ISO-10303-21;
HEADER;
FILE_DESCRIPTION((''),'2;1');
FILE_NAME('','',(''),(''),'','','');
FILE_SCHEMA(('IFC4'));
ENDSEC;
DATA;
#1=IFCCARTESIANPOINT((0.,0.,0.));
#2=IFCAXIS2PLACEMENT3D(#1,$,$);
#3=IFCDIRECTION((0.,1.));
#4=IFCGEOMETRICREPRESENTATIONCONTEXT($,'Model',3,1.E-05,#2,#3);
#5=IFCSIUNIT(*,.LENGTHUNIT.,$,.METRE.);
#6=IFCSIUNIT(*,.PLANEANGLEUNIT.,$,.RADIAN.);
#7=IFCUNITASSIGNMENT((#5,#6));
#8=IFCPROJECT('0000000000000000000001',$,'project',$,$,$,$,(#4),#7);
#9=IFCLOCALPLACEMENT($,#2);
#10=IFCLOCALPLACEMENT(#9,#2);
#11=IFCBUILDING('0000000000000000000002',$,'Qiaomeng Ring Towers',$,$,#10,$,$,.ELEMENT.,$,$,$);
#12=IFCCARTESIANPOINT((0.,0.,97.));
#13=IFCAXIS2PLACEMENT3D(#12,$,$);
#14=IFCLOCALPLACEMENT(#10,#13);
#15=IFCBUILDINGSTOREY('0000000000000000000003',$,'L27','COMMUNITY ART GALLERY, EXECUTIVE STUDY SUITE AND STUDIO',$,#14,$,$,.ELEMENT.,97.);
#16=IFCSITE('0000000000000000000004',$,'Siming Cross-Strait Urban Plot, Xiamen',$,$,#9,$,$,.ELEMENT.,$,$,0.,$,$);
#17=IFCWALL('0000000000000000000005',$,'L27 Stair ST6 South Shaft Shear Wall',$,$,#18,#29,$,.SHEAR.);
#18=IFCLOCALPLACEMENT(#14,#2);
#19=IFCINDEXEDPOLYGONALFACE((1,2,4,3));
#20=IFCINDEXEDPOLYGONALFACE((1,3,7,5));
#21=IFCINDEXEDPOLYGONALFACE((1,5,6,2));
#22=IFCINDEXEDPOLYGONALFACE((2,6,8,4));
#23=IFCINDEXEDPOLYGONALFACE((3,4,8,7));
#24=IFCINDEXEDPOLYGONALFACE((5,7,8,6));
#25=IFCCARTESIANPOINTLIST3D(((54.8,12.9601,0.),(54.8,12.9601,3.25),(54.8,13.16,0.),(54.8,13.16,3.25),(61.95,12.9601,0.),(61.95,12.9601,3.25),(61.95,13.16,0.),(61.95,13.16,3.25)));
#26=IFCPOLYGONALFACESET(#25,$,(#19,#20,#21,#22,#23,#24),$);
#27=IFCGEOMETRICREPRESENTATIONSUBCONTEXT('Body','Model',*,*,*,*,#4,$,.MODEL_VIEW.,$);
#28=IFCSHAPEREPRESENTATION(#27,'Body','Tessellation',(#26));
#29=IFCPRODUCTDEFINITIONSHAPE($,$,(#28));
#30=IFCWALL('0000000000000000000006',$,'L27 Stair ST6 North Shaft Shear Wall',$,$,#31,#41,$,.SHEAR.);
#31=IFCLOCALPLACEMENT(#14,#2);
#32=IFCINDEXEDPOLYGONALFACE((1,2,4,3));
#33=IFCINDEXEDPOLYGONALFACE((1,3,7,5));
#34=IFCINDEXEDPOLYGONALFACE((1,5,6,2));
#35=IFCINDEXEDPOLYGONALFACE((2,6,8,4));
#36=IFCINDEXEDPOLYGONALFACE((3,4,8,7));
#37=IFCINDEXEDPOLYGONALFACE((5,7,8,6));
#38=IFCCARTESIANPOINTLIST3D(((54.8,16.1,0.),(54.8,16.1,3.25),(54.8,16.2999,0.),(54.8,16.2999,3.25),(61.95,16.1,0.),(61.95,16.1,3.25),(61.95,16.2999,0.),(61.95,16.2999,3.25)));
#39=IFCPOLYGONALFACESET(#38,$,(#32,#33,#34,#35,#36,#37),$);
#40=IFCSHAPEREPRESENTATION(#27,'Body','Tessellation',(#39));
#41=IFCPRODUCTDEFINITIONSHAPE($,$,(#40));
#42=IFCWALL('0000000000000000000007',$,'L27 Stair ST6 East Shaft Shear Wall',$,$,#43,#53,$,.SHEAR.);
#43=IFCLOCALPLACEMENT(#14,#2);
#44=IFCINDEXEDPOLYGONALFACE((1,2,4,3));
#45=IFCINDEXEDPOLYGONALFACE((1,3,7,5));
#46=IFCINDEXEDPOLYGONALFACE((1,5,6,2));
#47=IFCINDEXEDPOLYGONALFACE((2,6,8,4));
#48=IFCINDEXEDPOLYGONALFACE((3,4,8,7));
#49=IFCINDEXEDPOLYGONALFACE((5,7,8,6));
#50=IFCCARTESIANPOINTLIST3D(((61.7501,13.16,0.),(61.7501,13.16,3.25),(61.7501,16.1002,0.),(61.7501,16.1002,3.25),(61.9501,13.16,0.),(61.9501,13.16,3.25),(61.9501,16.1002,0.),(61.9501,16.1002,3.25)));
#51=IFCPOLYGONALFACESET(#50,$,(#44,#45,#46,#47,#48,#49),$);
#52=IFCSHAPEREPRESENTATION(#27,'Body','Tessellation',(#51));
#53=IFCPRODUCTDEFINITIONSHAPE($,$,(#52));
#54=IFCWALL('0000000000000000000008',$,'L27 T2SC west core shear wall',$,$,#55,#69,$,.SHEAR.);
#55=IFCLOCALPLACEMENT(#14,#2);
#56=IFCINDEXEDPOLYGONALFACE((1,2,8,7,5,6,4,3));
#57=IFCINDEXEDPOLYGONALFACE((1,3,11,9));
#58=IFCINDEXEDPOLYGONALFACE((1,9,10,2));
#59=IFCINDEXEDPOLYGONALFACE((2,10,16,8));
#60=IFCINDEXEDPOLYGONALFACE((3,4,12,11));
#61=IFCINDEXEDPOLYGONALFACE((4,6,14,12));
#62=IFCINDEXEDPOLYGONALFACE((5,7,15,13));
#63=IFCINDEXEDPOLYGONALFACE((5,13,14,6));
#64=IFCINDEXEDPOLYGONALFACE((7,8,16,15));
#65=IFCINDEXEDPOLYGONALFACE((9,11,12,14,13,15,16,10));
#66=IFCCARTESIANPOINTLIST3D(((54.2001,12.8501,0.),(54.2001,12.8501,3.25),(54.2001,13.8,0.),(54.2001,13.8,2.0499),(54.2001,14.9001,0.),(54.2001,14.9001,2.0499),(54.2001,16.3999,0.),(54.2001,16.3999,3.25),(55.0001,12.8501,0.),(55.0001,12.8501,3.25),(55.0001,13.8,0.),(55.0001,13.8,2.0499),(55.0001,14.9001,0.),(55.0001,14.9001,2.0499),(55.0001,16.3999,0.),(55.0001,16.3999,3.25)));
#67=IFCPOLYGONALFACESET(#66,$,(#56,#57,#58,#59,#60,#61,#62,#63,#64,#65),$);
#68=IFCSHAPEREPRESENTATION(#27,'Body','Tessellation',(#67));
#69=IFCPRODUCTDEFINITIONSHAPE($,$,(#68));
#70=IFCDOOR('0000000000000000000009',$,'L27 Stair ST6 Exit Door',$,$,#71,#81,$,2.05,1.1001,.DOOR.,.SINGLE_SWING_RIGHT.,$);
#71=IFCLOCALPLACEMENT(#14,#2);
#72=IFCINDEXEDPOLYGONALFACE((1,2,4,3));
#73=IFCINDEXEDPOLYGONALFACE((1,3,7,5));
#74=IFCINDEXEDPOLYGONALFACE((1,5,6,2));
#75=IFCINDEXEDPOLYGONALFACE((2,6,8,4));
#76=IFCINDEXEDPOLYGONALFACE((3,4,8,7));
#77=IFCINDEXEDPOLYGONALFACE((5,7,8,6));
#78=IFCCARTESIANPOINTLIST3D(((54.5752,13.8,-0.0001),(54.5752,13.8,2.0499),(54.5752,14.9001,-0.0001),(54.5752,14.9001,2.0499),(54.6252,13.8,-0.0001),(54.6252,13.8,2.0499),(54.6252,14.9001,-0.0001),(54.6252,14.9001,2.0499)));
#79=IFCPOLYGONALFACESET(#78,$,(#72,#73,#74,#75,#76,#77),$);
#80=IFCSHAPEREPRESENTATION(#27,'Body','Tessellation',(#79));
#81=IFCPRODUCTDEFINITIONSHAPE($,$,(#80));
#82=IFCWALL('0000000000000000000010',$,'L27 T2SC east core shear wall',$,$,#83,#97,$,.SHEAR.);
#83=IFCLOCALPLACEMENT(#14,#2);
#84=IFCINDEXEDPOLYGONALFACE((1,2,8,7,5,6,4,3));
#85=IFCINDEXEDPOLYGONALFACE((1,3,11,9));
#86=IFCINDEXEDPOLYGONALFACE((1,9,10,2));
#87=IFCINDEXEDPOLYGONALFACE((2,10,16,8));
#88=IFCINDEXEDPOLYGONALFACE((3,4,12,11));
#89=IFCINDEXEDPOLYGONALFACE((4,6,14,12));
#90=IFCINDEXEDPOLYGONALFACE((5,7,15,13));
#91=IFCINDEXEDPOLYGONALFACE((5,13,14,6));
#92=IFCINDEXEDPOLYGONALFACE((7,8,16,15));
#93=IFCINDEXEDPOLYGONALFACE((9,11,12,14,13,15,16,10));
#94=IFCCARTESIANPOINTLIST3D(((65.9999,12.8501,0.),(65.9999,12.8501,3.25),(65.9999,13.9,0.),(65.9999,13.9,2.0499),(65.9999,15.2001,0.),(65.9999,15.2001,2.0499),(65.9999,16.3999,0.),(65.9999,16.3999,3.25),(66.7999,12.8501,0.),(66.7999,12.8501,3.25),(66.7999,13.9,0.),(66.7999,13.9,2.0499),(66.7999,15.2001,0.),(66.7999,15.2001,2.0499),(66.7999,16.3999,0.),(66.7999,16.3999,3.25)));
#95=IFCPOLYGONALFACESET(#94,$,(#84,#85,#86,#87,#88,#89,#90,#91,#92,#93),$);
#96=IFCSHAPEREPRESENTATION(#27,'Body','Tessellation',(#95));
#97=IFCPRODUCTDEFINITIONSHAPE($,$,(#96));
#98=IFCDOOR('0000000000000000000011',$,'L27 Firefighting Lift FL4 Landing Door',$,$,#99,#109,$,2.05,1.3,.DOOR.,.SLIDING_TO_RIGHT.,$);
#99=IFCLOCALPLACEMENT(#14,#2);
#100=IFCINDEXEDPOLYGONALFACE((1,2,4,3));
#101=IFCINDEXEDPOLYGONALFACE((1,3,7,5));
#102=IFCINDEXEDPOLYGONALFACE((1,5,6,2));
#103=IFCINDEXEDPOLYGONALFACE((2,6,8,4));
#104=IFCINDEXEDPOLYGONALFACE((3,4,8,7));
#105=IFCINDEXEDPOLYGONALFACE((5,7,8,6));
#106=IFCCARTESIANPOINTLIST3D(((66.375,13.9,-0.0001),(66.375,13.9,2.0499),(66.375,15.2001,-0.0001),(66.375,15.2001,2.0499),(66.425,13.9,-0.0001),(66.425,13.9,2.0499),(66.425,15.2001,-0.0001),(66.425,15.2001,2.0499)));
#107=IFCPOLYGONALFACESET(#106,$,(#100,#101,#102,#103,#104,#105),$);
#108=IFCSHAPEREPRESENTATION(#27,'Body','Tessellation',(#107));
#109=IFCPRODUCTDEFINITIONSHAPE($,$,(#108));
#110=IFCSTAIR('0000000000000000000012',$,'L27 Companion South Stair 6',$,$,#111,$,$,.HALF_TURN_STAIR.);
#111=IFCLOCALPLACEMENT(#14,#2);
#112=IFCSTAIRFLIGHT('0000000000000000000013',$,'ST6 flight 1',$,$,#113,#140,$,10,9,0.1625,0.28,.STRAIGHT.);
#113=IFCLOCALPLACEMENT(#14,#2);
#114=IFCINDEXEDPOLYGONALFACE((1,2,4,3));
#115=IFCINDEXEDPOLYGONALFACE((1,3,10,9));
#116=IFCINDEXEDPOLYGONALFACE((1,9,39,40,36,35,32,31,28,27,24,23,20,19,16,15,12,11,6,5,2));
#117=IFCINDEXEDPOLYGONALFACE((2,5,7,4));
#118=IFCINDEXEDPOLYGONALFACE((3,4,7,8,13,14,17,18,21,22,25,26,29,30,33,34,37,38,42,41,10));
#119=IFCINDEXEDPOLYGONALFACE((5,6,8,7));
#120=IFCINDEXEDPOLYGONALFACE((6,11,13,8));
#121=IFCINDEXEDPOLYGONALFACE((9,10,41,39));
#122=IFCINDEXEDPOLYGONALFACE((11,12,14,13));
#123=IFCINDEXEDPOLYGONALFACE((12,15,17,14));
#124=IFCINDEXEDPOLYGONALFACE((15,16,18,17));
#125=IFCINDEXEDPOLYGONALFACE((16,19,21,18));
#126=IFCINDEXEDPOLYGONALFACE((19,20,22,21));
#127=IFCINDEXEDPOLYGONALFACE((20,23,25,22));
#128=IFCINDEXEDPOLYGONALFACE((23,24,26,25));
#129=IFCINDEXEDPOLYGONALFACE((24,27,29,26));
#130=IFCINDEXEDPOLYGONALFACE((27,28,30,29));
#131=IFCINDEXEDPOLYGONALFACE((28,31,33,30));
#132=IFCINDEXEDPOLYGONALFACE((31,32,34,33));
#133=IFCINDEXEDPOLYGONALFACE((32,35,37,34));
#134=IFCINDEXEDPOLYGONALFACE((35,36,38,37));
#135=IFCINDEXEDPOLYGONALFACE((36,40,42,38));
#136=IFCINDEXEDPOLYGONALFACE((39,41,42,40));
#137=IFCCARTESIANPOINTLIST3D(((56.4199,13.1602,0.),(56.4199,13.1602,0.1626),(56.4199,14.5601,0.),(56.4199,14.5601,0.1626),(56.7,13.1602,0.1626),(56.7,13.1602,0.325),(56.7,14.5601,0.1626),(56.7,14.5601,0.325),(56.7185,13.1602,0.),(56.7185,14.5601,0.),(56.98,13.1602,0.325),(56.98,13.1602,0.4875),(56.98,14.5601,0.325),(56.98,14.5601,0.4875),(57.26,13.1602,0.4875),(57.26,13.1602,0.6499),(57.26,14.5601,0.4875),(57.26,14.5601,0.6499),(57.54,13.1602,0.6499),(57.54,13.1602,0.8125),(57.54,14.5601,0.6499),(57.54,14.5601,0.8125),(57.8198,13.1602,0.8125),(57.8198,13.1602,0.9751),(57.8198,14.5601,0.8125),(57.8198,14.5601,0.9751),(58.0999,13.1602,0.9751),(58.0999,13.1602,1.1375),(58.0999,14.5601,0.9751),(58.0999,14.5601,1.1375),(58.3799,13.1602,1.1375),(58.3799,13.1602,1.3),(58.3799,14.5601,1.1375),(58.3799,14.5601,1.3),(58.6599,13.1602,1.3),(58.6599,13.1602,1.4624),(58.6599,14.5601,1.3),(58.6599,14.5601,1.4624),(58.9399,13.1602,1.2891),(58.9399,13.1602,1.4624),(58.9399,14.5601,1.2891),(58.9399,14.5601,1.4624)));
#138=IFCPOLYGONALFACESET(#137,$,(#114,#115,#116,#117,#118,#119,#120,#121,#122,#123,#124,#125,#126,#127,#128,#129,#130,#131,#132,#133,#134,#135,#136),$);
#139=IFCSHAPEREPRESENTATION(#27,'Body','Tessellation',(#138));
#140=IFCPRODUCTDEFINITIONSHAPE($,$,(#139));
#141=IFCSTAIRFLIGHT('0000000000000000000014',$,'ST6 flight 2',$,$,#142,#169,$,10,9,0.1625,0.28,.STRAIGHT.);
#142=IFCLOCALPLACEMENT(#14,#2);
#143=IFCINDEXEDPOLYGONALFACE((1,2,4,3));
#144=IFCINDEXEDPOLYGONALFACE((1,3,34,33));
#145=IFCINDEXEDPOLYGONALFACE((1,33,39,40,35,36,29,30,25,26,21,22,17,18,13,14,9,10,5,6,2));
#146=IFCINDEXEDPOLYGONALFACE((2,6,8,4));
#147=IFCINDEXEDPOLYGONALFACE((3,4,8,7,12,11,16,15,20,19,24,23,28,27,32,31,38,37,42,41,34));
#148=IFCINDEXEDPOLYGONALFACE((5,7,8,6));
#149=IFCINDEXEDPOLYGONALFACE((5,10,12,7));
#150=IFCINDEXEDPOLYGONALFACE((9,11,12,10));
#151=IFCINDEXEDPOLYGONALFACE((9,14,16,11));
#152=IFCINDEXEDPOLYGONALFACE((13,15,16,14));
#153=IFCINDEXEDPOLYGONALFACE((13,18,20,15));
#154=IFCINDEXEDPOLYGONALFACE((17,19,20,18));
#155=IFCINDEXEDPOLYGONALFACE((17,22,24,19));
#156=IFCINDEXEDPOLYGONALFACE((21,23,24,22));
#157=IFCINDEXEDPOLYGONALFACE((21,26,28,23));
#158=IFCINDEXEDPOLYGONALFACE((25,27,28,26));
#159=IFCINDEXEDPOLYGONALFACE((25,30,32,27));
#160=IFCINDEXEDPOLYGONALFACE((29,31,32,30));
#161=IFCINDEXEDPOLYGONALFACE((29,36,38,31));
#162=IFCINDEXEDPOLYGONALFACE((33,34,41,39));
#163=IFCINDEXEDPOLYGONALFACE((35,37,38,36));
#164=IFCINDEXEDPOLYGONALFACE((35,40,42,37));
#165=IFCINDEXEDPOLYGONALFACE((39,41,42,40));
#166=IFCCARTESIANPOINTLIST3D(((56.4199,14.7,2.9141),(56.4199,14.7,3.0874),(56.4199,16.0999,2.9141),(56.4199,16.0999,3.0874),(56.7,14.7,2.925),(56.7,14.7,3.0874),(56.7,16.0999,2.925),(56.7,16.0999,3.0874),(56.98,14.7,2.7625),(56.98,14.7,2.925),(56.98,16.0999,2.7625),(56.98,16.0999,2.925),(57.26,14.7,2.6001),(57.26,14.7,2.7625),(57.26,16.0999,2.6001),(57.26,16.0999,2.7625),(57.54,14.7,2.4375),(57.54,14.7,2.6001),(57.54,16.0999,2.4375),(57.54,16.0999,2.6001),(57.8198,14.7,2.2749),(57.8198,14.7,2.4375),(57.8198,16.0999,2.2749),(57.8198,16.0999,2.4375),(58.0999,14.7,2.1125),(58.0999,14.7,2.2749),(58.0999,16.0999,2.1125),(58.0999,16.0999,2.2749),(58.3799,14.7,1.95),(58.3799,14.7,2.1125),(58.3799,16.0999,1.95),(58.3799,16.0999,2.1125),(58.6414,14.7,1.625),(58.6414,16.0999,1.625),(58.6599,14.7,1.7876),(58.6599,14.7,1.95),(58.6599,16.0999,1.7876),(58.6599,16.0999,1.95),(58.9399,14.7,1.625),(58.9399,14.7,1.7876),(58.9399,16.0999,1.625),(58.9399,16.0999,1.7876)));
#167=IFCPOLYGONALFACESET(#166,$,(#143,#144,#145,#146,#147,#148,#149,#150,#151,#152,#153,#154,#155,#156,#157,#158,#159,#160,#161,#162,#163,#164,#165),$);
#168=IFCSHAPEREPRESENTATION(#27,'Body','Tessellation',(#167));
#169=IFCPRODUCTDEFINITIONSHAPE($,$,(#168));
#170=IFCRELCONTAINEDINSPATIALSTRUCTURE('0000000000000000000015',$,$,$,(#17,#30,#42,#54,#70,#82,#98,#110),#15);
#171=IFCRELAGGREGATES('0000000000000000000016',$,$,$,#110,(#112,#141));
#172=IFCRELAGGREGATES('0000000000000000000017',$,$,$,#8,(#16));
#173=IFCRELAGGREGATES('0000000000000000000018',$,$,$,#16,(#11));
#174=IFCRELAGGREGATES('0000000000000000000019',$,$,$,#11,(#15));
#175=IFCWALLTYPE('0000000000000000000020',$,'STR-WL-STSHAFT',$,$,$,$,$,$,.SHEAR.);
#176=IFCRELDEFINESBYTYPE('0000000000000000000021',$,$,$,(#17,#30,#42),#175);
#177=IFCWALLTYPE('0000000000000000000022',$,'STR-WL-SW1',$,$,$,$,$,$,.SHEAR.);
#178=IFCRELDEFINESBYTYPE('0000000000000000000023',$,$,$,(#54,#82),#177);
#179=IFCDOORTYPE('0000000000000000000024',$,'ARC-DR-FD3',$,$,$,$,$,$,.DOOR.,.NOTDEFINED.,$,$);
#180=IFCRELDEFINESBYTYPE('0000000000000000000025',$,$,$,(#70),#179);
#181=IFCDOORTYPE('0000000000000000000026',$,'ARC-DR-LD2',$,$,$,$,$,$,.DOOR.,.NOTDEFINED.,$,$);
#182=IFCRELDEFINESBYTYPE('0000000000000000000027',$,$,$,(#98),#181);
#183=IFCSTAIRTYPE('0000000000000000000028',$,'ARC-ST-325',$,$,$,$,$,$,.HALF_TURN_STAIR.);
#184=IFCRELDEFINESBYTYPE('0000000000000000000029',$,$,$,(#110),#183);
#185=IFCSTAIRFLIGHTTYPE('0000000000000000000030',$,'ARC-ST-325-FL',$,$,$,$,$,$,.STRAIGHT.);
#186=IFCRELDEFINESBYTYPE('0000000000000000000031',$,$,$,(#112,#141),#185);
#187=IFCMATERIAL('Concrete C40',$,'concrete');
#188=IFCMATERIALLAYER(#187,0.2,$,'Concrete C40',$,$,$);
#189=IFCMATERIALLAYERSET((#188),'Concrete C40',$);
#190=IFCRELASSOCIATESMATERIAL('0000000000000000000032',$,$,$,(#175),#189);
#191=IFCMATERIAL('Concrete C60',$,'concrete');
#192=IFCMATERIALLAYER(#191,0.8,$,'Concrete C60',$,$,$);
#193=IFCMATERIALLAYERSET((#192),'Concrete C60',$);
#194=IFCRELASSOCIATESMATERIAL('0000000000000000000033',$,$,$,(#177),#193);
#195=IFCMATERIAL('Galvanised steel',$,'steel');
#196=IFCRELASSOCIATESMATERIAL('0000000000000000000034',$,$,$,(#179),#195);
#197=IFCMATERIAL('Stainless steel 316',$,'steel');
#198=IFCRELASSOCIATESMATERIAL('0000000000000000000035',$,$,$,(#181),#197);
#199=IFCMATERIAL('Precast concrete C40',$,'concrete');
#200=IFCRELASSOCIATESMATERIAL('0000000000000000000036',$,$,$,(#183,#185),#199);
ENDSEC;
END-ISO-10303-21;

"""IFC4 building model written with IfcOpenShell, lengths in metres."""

from ifc_helpers import new_model, si_unit, direction, frame, frame_2d, origin, place, context, subcontext, project, spatial, polyline, rectangle, outline, extrude, source, transform, mapped, material, layer, layer_set, type_object, element, fill, aggregate, save


model = new_model("IFC4")

# Units and contexts
model_context = context("Model", 3, precision=1e-05, world=origin(), true_north=direction((0.0, 1.0)))
body_context = subcontext(model_context, "Body", "Model", "MODEL_VIEW")
ifc_project = project(units=[si_unit("LENGTHUNIT", "METRE"), si_unit("PLANEANGLEUNIT", "RADIAN")], contexts=[model_context])

# Site, building, storey
site_placement = place(None, origin())
site = spatial("IfcSite", under=ifc_project, at=site_placement, Name="Siming Cross-Strait Urban Plot, Xiamen", CompositionType="ELEMENT", RefElevation=0.0)
building_placement = place(site_placement, origin())
building = spatial("IfcBuilding", under=site, at=building_placement, Name="Qiaomeng Ring Towers", CompositionType="ELEMENT")
storey_placement = place(building_placement, frame((0.0, 0.0, 97.0)))
storey = spatial("IfcBuildingStorey", under=building, at=storey_placement, Name="L27", Description="COMMUNITY ART GALLERY, EXECUTIVE STUDY SUITE AND STUDIO", CompositionType="ELEMENT", Elevation=97.0)

# Walls
ifc_material_1 = material(Name="Concrete C40", Category="concrete")
ifc_layer_1 = layer(ifc_material_1, 0.2, Name="Concrete C40")
ifc_layer_set_1 = layer_set([ifc_layer_1], Name="Concrete C40")
wall_type_1 = type_object("IfcWallType", Name="STR-WL-STSHAFT", PredefinedType="SHEAR", material=ifc_layer_set_1)
for number, where, z_axis, x_axis, name in (
    (1, (54.8, 13.0601, 0.0), (0.0, 0.0, 1.0), (1.0, 0.0, 0.0), "L27 Stair ST6 South Shaft Shear Wall"),
    (2, (54.8, 16.2, 0.0), (0.0, 0.0, 1.0), (1.0, 0.0, 0.0), "L27 Stair ST6 North Shaft Shear Wall"),
):
    element("IfcWall", number, at=place(storey_placement, frame(where, z_axis=z_axis, x_axis=x_axis)), inside=storey, type_object=wall_type_1, Name=name, PredefinedType="SHEAR", context=body_context, shape_type="SweptSolid", body=[
        extrude(rectangle(XDim=7.1499, YDim=0.2, at=frame_2d((3.575, 0.0))), origin(), (0.0, 0.0, 1.0), 3.25),
    ])
wall_1_placement = place(storey_placement, frame((61.8501, 13.1599, 0.0), z_axis=(0.0, 0.0, 1.0), x_axis=(0.0, 1.0, 0.0)))
element("IfcWall", 3, at=wall_1_placement, inside=storey, type_object=wall_type_1, Name="L27 Stair ST6 East Shaft Shear Wall", PredefinedType="SHEAR", context=body_context, shape_type="SweptSolid", body=[
    extrude(rectangle(XDim=2.9402, YDim=0.2, at=frame_2d((1.4702, 0.0))), origin(), (0.0, 0.0, 1.0), 3.25),
])

# Walls, openings, doors
ifc_material_2 = material(Name="Concrete C60", Category="concrete")
ifc_layer_2 = layer(ifc_material_2, 0.8, Name="Concrete C60")
ifc_layer_set_2 = layer_set([ifc_layer_2], Name="Concrete C60")
wall_type_2 = type_object("IfcWallType", Name="STR-WL-SW1", PredefinedType="SHEAR", material=ifc_layer_set_2)
wall_2_placement = place(storey_placement, frame((54.6001, 12.8501, 0.0), z_axis=(0.0, 0.0, 1.0), x_axis=(0.0, 1.0, 0.0)))
wall_2 = element("IfcWall", 4, at=wall_2_placement, inside=storey, type_object=wall_type_2, Name="L27 T2SC west core shear wall", PredefinedType="SHEAR", context=body_context, shape_type="SweptSolid", body=[
    extrude(rectangle(XDim=3.5498, YDim=0.8, at=frame_2d((1.7749, 0.0))), origin(), (0.0, 0.0, 1.0), 3.25),
])
opening_1_placement = place(wall_2_placement, frame((0.95, 0.0, 0.0)))
opening_1 = element("IfcOpeningElement", 5, at=opening_1_placement, cuts=wall_2, PredefinedType="OPENING", context=body_context, shape_type="SweptSolid", body=[
    extrude(rectangle(XDim=1.1001, YDim=2.05, at=frame_2d((0.55, 1.0249))), frame((0.0, 0.4099, 0.0), z_axis=(0.0, -1.0, 0.0), x_axis=(1.0, 0.0, 0.0)), (0.0, 0.0, 1.0), 0.8201),
])
ifc_material_3 = material(Name="Galvanised steel", Category="steel")
door_type_1 = type_object("IfcDoorType", Name="ARC-DR-FD3", OperationType="NOTDEFINED", PredefinedType="DOOR", material=ifc_material_3)
shared_shape_1 = source(origin(), body_context, "Body", "SweptSolid", [
    extrude(rectangle(XDim=1.1001, YDim=2.05, at=frame_2d((0.55, 1.0249))), frame((0.0, 0.0249, 0.0), z_axis=(0.0, -1.0, 0.0), x_axis=(1.0, 0.0, 0.0)), (0.0, 0.0, 1.0), 0.05),
])
door_1_placement = place(opening_1_placement, origin())
door_1 = element("IfcDoor", 6, at=door_1_placement, inside=storey, type_object=door_type_1, Name="L27 Stair ST6 Exit Door", OperationType="SINGLE_SWING_RIGHT", OverallHeight=2.05, OverallWidth=1.1001, PredefinedType="DOOR", context=body_context, shape_type="MappedRepresentation", body=[
    mapped(shared_shape_1, transform((0.0, 0.0, 0.0), x_axis=(1.0, 0.0, 0.0), y_axis=(0.0, 1.0, 0.0), z_axis=(0.0, 0.0, 1.0), scale=1.0)),
])
fill(opening_1, door_1)
wall_3_placement = place(storey_placement, frame((66.3999, 12.8501, 0.0), z_axis=(0.0, 0.0, 1.0), x_axis=(0.0, 1.0, 0.0)))
wall_3 = element("IfcWall", 7, at=wall_3_placement, inside=storey, type_object=wall_type_2, Name="L27 T2SC east core shear wall", PredefinedType="SHEAR", context=body_context, shape_type="SweptSolid", body=[
    extrude(rectangle(XDim=3.5498, YDim=0.8, at=frame_2d((1.7749, 0.0))), origin(), (0.0, 0.0, 1.0), 3.25),
])
opening_2_placement = place(wall_3_placement, frame((1.05, 0.0, 0.0)))
opening_2 = element("IfcOpeningElement", 8, at=opening_2_placement, cuts=wall_3, PredefinedType="OPENING", context=body_context, shape_type="SweptSolid", body=[
    extrude(rectangle(XDim=1.3, YDim=2.05, at=frame_2d((0.6499, 1.0249))), frame((0.0, 0.4099, 0.0), z_axis=(0.0, -1.0, 0.0), x_axis=(1.0, 0.0, 0.0)), (0.0, 0.0, 1.0), 0.8201),
])
ifc_material_4 = material(Name="Stainless steel 316", Category="steel")
door_type_2 = type_object("IfcDoorType", Name="ARC-DR-LD2", OperationType="NOTDEFINED", PredefinedType="DOOR", material=ifc_material_4)
shared_shape_2 = source(origin(), body_context, "Body", "SweptSolid", [
    extrude(rectangle(XDim=1.3, YDim=2.05, at=frame_2d((0.6499, 1.0249))), frame((0.0, 0.0249, 0.0), z_axis=(0.0, -1.0, 0.0), x_axis=(1.0, 0.0, 0.0)), (0.0, 0.0, 1.0), 0.05),
])
door_2_placement = place(opening_2_placement, origin())
door_2 = element("IfcDoor", 9, at=door_2_placement, inside=storey, type_object=door_type_2, Name="L27 Firefighting Lift FL4 Landing Door", OperationType="SLIDING_TO_RIGHT", OverallHeight=2.05, OverallWidth=1.3, PredefinedType="DOOR", context=body_context, shape_type="MappedRepresentation", body=[
    mapped(shared_shape_2, transform((0.0, 0.0, 0.0), x_axis=(1.0, 0.0, 0.0), y_axis=(0.0, 1.0, 0.0), z_axis=(0.0, 0.0, 1.0), scale=1.0)),
])
fill(opening_2, door_2)

# Stair, stair flights
ifc_material_5 = material(Name="Precast concrete C40", Category="concrete")
stair_type = type_object("IfcStairType", Name="ARC-ST-325", PredefinedType="HALF_TURN_STAIR", material=ifc_material_5)
stair_placement = place(storey_placement, origin())
stair = element("IfcStair", 10, at=stair_placement, inside=storey, type_object=stair_type, Name="L27 Companion South Stair 6", PredefinedType="HALF_TURN_STAIR")
stair_flight_type = type_object("IfcStairFlightType", Name="ARC-ST-325-FL", PredefinedType="STRAIGHT", material=ifc_material_5)
shared_shape_3 = source(origin(), body_context, "Body", "SweptSolid", [
    extrude(outline(polyline([(0.0, 0.0), (0.0, 0.1626), (0.28, 0.1626), (0.28, 0.325), (0.5601, 0.325), (0.5601, 0.4875), (0.8401, 0.4875), (0.8401, 0.6499), (1.1201, 0.6499), (1.1201, 0.8125), (1.3999, 0.8125), (1.3999, 0.9751), (1.6799, 0.9751), (1.6799, 1.1375), (1.96, 1.1375), (1.96, 1.3), (2.24, 1.3), (2.24, 1.4624), (2.52, 1.4624), (2.52, 1.625), (2.52, 1.2891), (0.2986, 0.0), (0.0, 0.0)])), frame((0.0, 0.7, 0.0), z_axis=(0.0, -1.0, 0.0), x_axis=(1.0, 0.0, 0.0)), (0.0, 0.0, 1.0), 1.3999),
])
stair_flight_1_placement = place(storey_placement, frame((56.4199, 13.8601, 0.0), z_axis=(0.0, 0.0, 1.0), x_axis=(1.0, 0.0, 0.0)))
stair_flight_1 = element("IfcStairFlight", 11, at=stair_flight_1_placement, type_object=stair_flight_type, Name="ST6 flight 1", NumberOfRisers=10, NumberOfTreads=9, PredefinedType="STRAIGHT", RiserHeight=0.1625, TreadLength=0.28, context=body_context, shape_type="MappedRepresentation", body=[
    mapped(shared_shape_3, transform((0.0, 0.0, 0.0), x_axis=(1.0, 0.0, 0.0), y_axis=(0.0, 1.0, 0.0), z_axis=(0.0, 0.0, 1.0), scale=1.0)),
])
stair_flight_2_placement = place(storey_placement, frame((58.9399, 15.3999, 1.625), z_axis=(0.0, 0.0, 1.0), x_axis=(-1.0, 0.0, 0.0)))
stair_flight_2 = element("IfcStairFlight", 12, at=stair_flight_2_placement, type_object=stair_flight_type, Name="ST6 flight 2", NumberOfRisers=10, NumberOfTreads=9, PredefinedType="STRAIGHT", RiserHeight=0.1625, TreadLength=0.28, context=body_context, shape_type="MappedRepresentation", body=[
    mapped(shared_shape_3, transform((0.0, 0.0, 0.0), x_axis=(1.0, 0.0, 0.0), y_axis=(0.0, 1.0, 0.0), z_axis=(0.0, 0.0, 1.0), scale=1.0)),
])
aggregate(stair, [stair_flight_1, stair_flight_2])

save(model, "model.ifc")
